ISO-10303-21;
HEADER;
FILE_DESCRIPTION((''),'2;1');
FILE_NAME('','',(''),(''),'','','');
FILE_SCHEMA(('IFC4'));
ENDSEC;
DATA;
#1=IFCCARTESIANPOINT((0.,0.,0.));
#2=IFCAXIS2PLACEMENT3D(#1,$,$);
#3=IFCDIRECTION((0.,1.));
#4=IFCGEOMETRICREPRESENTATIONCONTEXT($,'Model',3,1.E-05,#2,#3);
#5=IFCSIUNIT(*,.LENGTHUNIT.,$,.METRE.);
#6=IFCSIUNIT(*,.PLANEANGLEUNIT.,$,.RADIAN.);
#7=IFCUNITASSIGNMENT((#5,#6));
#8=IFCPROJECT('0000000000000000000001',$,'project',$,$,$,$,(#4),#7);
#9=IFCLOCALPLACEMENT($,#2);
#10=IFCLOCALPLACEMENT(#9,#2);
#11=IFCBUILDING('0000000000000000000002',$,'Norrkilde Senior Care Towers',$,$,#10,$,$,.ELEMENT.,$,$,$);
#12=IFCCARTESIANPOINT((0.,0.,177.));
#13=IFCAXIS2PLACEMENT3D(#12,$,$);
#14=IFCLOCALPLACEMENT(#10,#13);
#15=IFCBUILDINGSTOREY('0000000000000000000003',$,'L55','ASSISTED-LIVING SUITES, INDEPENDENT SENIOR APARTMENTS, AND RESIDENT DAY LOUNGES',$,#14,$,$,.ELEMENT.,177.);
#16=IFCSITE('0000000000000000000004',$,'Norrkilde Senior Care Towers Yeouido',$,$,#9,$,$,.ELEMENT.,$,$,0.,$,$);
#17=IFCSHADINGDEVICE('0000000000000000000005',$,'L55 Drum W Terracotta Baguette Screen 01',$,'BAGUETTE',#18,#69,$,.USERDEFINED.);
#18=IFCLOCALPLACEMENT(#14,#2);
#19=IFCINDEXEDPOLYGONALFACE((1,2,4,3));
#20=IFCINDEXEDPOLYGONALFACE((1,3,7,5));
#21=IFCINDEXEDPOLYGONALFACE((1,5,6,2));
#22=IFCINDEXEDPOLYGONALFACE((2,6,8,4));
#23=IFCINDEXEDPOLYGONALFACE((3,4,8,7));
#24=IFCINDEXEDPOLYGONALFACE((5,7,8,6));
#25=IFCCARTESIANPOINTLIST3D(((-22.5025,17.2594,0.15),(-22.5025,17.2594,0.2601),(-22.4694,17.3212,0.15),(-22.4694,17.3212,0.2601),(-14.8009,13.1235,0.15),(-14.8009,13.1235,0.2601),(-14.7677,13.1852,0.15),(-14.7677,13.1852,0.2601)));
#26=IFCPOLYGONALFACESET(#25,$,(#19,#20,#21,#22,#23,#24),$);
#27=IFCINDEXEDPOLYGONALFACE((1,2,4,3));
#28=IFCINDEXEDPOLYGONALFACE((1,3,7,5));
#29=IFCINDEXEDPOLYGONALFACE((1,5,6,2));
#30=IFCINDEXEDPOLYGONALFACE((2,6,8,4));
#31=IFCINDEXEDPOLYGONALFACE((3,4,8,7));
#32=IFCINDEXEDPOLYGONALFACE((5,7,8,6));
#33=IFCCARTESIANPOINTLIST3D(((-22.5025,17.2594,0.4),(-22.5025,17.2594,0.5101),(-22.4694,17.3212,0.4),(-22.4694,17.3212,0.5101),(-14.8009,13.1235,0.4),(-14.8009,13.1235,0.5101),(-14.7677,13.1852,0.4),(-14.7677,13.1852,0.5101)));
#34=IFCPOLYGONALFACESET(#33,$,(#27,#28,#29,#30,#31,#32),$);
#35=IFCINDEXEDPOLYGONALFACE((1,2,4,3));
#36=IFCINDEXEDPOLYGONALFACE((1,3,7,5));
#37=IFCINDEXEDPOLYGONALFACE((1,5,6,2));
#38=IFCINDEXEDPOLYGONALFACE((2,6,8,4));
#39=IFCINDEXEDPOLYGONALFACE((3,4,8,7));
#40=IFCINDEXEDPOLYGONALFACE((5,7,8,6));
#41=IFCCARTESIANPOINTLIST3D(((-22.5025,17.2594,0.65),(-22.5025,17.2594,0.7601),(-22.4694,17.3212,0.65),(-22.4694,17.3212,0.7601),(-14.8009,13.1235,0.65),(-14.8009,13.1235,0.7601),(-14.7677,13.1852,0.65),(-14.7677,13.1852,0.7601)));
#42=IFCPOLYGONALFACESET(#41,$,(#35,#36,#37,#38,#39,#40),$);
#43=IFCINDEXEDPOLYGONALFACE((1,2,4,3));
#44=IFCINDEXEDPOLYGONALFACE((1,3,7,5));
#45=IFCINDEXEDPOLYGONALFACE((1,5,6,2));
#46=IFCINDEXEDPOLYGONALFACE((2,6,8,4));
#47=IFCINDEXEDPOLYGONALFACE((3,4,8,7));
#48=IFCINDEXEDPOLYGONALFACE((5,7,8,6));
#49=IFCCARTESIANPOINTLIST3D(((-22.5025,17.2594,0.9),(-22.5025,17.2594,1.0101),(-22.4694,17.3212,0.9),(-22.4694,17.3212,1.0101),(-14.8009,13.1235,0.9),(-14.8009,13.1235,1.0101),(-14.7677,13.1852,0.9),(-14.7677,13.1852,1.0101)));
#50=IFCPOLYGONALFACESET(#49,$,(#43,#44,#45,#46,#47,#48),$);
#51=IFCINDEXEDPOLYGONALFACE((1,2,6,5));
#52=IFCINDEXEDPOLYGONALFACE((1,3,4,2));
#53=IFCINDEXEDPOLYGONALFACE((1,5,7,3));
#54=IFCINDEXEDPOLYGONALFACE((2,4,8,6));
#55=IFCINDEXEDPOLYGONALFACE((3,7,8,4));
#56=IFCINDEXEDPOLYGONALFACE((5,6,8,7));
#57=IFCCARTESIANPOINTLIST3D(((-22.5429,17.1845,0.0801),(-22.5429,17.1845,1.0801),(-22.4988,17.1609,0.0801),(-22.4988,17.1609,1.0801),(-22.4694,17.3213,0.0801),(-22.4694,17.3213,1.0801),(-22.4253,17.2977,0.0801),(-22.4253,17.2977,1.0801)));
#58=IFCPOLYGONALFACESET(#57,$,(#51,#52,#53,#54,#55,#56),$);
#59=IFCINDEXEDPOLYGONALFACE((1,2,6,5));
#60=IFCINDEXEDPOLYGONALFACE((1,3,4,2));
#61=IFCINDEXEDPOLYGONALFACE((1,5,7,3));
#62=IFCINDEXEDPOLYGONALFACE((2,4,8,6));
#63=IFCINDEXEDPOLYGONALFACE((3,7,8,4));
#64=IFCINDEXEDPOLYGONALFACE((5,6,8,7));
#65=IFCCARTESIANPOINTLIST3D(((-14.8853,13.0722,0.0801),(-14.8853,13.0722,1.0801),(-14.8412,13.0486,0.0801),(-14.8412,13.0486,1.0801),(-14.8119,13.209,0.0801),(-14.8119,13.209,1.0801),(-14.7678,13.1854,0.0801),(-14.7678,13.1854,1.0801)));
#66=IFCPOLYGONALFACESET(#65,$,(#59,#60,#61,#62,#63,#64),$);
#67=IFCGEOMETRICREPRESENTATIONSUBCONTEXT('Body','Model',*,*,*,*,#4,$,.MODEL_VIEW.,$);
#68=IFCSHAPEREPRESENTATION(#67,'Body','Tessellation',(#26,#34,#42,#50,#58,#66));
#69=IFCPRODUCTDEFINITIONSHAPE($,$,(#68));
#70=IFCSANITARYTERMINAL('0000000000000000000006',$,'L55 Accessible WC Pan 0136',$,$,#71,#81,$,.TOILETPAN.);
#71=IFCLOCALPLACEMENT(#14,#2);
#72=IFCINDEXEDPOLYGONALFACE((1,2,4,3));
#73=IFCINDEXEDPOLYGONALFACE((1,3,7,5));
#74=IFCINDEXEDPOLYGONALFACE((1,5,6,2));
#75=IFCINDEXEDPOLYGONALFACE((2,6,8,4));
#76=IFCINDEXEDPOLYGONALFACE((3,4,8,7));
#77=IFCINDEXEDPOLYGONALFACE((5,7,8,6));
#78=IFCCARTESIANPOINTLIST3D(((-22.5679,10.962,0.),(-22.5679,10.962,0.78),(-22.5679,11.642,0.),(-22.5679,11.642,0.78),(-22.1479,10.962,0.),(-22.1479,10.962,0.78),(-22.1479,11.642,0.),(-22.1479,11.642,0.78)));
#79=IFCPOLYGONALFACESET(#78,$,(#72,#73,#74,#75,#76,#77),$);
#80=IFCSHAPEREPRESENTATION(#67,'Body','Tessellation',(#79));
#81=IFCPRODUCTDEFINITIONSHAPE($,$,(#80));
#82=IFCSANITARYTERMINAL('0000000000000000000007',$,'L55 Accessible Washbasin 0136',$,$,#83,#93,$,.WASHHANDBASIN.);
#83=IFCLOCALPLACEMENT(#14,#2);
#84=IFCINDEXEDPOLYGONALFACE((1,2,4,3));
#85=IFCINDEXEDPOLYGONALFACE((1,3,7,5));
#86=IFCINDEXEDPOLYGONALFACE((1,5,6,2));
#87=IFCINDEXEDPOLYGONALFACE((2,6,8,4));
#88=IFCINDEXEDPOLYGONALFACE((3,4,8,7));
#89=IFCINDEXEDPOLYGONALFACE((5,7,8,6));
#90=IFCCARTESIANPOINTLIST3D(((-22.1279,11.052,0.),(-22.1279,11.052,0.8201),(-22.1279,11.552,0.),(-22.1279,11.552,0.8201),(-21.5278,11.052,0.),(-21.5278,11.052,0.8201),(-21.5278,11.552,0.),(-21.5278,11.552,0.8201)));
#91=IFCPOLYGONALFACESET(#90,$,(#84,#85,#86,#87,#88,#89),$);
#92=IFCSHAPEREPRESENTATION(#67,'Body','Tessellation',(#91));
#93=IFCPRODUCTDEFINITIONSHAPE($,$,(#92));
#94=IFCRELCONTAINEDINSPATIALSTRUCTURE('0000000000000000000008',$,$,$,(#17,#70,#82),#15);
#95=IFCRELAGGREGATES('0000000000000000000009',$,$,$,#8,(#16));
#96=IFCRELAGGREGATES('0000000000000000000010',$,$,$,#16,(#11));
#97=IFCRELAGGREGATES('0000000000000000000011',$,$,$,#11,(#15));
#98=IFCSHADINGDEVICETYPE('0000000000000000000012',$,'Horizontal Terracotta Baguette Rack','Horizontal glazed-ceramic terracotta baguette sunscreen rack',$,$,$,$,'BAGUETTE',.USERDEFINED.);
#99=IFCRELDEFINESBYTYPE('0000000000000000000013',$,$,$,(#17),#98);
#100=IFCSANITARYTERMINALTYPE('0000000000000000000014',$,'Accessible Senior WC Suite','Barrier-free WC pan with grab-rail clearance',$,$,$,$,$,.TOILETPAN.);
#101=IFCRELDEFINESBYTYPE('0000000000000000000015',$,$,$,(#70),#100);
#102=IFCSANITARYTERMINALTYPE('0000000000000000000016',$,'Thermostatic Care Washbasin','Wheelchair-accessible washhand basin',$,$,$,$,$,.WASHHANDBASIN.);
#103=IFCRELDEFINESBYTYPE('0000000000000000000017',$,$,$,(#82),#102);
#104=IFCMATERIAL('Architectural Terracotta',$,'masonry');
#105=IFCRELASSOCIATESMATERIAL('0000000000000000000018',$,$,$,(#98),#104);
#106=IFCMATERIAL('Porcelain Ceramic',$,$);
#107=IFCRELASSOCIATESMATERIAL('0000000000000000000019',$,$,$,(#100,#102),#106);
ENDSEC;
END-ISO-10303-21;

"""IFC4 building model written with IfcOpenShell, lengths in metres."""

from ifc_helpers import new_model, si_unit, direction, frame, origin, origin_2d, place, context, subcontext, project, spatial, rectangle, extrude, source, transform, mapped, material, type_object, type_shapes, element, save


model = new_model("IFC4")

# Units and contexts
model_context = context("Model", 3, precision=1e-05, world=origin(), true_north=direction((0.0, 1.0)))
body_context = subcontext(model_context, "Body", "Model", "MODEL_VIEW")
ifc_project = project(units=[si_unit("LENGTHUNIT", "METRE"), si_unit("PLANEANGLEUNIT", "RADIAN")], contexts=[model_context])

# Site, building, storey
site_placement = place(None, origin())
site = spatial("IfcSite", under=ifc_project, at=site_placement, Name="Norrkilde Senior Care Towers Yeouido", CompositionType="ELEMENT", RefElevation=0.0)
building_placement = place(site_placement, origin())
building = spatial("IfcBuilding", under=site, at=building_placement, Name="Norrkilde Senior Care Towers", CompositionType="ELEMENT")
storey_placement = place(building_placement, frame((0.0, 0.0, 177.0)))
storey = spatial("IfcBuildingStorey", under=building, at=storey_placement, Name="L55", Description="ASSISTED-LIVING SUITES, INDEPENDENT SENIOR APARTMENTS, AND RESIDENT DAY LOUNGES", CompositionType="ELEMENT", Elevation=177.0)

# Shading device
ifc_material_1 = material(Name="Architectural Terracotta", Category="masonry")
shading_device_type = type_object("IfcShadingDeviceType", Name="Horizontal Terracotta Baguette Rack", Description="Horizontal glazed-ceramic terracotta baguette sunscreen rack", ElementType="BAGUETTE", PredefinedType="USERDEFINED", material=ifc_material_1)
shared_shape_1 = source(origin(), body_context, "Body", "SweptSolid", [
    extrude(rectangle(XDim=0.0701, YDim=0.1101, at=origin_2d()), frame((0.0, 0.0901, 0.125), z_axis=(1.0, 0.0, 0.0), x_axis=(0.0, 1.0, 0.0)), (0.0, 0.0, 1.0), 8.7419),
    extrude(rectangle(XDim=0.0701, YDim=0.1101, at=origin_2d()), frame((0.0, 0.0901, 0.375), z_axis=(1.0, 0.0, 0.0), x_axis=(0.0, 1.0, 0.0)), (0.0, 0.0, 1.0), 8.7419),
    extrude(rectangle(XDim=0.0701, YDim=0.1101, at=origin_2d()), frame((0.0, 0.0901, 0.625), z_axis=(1.0, 0.0, 0.0), x_axis=(0.0, 1.0, 0.0)), (0.0, 0.0, 1.0), 8.7419),
    extrude(rectangle(XDim=0.0701, YDim=0.1101, at=origin_2d()), frame((0.0, 0.0901, 0.875), z_axis=(1.0, 0.0, 0.0), x_axis=(0.0, 1.0, 0.0)), (0.0, 0.0, 1.0), 8.7419),
    extrude(rectangle(XDim=0.05, YDim=0.1553, at=origin_2d()), frame((0.0249, 0.0476, 0.0)), (0.0, 0.0, 1.0), 1.0),
    extrude(rectangle(XDim=0.05, YDim=0.1553, at=origin_2d()), frame((8.7168, 0.0476, 0.0)), (0.0, 0.0, 1.0), 1.0),
])
type_shapes(shading_device_type, [shared_shape_1])
shading_device_placement = place(storey_placement, frame((-22.5286, 17.2109, 0.0801), z_axis=(0.0, 0.0, 1.0), x_axis=(0.881001, -0.47312, 0.0)))
element("IfcShadingDevice", 1, at=shading_device_placement, inside=storey, type_object=shading_device_type, Name="L55 Drum W Terracotta Baguette Screen 01", ObjectType="BAGUETTE", PredefinedType="USERDEFINED", context=body_context, shape_type="MappedRepresentation", body=[
    mapped(shared_shape_1, transform((0.0, 0.0, 0.0), x_axis=(1.0, 0.0, 0.0), y_axis=(0.0, 1.0, 0.0), z_axis=(0.0, 0.0, 1.0), scale=1.0)),
])

# Sanitary terminals
ifc_material_2 = material(Name="Porcelain Ceramic")
sanitary_terminal_type_1 = type_object("IfcSanitaryTerminalType", Name="Accessible Senior WC Suite", Description="Barrier-free WC pan with grab-rail clearance", PredefinedType="TOILETPAN", material=ifc_material_2)
shared_shape_2 = source(origin(), body_context, "Body", "SweptSolid", [
    extrude(rectangle(XDim=0.4199, YDim=0.6799, at=origin_2d()), origin(), (0.0, 0.0, 1.0), 0.78),
])
type_shapes(sanitary_terminal_type_1, [shared_shape_2])
sanitary_terminal_1_placement = place(storey_placement, frame((-22.3579, 11.302, 0.0), z_axis=(0.0, 0.0, 1.0), x_axis=(1.0, 0.0, 0.0)))
element("IfcSanitaryTerminal", 2, at=sanitary_terminal_1_placement, inside=storey, type_object=sanitary_terminal_type_1, Name="L55 Accessible WC Pan 0136", PredefinedType="TOILETPAN", context=body_context, shape_type="MappedRepresentation", body=[
    mapped(shared_shape_2, transform((0.0, 0.0, 0.0), x_axis=(1.0, 0.0, 0.0), y_axis=(0.0, 1.0, 0.0), z_axis=(0.0, 0.0, 1.0), scale=1.0)),
])
sanitary_terminal_type_2 = type_object("IfcSanitaryTerminalType", Name="Thermostatic Care Washbasin", Description="Wheelchair-accessible washhand basin", PredefinedType="WASHHANDBASIN", material=ifc_material_2)
shared_shape_3 = source(origin(), body_context, "Body", "SweptSolid", [
    extrude(rectangle(XDim=0.6001, YDim=0.5, at=origin_2d()), origin(), (0.0, 0.0, 1.0), 0.8201),
])
type_shapes(sanitary_terminal_type_2, [shared_shape_3])
sanitary_terminal_2_placement = place(storey_placement, frame((-21.8279, 11.302, 0.0), z_axis=(0.0, 0.0, 1.0), x_axis=(1.0, 0.0, 0.0)))
element("IfcSanitaryTerminal", 3, at=sanitary_terminal_2_placement, inside=storey, type_object=sanitary_terminal_type_2, Name="L55 Accessible Washbasin 0136", PredefinedType="WASHHANDBASIN", context=body_context, shape_type="MappedRepresentation", body=[
    mapped(shared_shape_3, transform((0.0, 0.0, 0.0), x_axis=(1.0, 0.0, 0.0), y_axis=(0.0, 1.0, 0.0), z_axis=(0.0, 0.0, 1.0), scale=1.0)),
])

save(model, "model.ifc")
